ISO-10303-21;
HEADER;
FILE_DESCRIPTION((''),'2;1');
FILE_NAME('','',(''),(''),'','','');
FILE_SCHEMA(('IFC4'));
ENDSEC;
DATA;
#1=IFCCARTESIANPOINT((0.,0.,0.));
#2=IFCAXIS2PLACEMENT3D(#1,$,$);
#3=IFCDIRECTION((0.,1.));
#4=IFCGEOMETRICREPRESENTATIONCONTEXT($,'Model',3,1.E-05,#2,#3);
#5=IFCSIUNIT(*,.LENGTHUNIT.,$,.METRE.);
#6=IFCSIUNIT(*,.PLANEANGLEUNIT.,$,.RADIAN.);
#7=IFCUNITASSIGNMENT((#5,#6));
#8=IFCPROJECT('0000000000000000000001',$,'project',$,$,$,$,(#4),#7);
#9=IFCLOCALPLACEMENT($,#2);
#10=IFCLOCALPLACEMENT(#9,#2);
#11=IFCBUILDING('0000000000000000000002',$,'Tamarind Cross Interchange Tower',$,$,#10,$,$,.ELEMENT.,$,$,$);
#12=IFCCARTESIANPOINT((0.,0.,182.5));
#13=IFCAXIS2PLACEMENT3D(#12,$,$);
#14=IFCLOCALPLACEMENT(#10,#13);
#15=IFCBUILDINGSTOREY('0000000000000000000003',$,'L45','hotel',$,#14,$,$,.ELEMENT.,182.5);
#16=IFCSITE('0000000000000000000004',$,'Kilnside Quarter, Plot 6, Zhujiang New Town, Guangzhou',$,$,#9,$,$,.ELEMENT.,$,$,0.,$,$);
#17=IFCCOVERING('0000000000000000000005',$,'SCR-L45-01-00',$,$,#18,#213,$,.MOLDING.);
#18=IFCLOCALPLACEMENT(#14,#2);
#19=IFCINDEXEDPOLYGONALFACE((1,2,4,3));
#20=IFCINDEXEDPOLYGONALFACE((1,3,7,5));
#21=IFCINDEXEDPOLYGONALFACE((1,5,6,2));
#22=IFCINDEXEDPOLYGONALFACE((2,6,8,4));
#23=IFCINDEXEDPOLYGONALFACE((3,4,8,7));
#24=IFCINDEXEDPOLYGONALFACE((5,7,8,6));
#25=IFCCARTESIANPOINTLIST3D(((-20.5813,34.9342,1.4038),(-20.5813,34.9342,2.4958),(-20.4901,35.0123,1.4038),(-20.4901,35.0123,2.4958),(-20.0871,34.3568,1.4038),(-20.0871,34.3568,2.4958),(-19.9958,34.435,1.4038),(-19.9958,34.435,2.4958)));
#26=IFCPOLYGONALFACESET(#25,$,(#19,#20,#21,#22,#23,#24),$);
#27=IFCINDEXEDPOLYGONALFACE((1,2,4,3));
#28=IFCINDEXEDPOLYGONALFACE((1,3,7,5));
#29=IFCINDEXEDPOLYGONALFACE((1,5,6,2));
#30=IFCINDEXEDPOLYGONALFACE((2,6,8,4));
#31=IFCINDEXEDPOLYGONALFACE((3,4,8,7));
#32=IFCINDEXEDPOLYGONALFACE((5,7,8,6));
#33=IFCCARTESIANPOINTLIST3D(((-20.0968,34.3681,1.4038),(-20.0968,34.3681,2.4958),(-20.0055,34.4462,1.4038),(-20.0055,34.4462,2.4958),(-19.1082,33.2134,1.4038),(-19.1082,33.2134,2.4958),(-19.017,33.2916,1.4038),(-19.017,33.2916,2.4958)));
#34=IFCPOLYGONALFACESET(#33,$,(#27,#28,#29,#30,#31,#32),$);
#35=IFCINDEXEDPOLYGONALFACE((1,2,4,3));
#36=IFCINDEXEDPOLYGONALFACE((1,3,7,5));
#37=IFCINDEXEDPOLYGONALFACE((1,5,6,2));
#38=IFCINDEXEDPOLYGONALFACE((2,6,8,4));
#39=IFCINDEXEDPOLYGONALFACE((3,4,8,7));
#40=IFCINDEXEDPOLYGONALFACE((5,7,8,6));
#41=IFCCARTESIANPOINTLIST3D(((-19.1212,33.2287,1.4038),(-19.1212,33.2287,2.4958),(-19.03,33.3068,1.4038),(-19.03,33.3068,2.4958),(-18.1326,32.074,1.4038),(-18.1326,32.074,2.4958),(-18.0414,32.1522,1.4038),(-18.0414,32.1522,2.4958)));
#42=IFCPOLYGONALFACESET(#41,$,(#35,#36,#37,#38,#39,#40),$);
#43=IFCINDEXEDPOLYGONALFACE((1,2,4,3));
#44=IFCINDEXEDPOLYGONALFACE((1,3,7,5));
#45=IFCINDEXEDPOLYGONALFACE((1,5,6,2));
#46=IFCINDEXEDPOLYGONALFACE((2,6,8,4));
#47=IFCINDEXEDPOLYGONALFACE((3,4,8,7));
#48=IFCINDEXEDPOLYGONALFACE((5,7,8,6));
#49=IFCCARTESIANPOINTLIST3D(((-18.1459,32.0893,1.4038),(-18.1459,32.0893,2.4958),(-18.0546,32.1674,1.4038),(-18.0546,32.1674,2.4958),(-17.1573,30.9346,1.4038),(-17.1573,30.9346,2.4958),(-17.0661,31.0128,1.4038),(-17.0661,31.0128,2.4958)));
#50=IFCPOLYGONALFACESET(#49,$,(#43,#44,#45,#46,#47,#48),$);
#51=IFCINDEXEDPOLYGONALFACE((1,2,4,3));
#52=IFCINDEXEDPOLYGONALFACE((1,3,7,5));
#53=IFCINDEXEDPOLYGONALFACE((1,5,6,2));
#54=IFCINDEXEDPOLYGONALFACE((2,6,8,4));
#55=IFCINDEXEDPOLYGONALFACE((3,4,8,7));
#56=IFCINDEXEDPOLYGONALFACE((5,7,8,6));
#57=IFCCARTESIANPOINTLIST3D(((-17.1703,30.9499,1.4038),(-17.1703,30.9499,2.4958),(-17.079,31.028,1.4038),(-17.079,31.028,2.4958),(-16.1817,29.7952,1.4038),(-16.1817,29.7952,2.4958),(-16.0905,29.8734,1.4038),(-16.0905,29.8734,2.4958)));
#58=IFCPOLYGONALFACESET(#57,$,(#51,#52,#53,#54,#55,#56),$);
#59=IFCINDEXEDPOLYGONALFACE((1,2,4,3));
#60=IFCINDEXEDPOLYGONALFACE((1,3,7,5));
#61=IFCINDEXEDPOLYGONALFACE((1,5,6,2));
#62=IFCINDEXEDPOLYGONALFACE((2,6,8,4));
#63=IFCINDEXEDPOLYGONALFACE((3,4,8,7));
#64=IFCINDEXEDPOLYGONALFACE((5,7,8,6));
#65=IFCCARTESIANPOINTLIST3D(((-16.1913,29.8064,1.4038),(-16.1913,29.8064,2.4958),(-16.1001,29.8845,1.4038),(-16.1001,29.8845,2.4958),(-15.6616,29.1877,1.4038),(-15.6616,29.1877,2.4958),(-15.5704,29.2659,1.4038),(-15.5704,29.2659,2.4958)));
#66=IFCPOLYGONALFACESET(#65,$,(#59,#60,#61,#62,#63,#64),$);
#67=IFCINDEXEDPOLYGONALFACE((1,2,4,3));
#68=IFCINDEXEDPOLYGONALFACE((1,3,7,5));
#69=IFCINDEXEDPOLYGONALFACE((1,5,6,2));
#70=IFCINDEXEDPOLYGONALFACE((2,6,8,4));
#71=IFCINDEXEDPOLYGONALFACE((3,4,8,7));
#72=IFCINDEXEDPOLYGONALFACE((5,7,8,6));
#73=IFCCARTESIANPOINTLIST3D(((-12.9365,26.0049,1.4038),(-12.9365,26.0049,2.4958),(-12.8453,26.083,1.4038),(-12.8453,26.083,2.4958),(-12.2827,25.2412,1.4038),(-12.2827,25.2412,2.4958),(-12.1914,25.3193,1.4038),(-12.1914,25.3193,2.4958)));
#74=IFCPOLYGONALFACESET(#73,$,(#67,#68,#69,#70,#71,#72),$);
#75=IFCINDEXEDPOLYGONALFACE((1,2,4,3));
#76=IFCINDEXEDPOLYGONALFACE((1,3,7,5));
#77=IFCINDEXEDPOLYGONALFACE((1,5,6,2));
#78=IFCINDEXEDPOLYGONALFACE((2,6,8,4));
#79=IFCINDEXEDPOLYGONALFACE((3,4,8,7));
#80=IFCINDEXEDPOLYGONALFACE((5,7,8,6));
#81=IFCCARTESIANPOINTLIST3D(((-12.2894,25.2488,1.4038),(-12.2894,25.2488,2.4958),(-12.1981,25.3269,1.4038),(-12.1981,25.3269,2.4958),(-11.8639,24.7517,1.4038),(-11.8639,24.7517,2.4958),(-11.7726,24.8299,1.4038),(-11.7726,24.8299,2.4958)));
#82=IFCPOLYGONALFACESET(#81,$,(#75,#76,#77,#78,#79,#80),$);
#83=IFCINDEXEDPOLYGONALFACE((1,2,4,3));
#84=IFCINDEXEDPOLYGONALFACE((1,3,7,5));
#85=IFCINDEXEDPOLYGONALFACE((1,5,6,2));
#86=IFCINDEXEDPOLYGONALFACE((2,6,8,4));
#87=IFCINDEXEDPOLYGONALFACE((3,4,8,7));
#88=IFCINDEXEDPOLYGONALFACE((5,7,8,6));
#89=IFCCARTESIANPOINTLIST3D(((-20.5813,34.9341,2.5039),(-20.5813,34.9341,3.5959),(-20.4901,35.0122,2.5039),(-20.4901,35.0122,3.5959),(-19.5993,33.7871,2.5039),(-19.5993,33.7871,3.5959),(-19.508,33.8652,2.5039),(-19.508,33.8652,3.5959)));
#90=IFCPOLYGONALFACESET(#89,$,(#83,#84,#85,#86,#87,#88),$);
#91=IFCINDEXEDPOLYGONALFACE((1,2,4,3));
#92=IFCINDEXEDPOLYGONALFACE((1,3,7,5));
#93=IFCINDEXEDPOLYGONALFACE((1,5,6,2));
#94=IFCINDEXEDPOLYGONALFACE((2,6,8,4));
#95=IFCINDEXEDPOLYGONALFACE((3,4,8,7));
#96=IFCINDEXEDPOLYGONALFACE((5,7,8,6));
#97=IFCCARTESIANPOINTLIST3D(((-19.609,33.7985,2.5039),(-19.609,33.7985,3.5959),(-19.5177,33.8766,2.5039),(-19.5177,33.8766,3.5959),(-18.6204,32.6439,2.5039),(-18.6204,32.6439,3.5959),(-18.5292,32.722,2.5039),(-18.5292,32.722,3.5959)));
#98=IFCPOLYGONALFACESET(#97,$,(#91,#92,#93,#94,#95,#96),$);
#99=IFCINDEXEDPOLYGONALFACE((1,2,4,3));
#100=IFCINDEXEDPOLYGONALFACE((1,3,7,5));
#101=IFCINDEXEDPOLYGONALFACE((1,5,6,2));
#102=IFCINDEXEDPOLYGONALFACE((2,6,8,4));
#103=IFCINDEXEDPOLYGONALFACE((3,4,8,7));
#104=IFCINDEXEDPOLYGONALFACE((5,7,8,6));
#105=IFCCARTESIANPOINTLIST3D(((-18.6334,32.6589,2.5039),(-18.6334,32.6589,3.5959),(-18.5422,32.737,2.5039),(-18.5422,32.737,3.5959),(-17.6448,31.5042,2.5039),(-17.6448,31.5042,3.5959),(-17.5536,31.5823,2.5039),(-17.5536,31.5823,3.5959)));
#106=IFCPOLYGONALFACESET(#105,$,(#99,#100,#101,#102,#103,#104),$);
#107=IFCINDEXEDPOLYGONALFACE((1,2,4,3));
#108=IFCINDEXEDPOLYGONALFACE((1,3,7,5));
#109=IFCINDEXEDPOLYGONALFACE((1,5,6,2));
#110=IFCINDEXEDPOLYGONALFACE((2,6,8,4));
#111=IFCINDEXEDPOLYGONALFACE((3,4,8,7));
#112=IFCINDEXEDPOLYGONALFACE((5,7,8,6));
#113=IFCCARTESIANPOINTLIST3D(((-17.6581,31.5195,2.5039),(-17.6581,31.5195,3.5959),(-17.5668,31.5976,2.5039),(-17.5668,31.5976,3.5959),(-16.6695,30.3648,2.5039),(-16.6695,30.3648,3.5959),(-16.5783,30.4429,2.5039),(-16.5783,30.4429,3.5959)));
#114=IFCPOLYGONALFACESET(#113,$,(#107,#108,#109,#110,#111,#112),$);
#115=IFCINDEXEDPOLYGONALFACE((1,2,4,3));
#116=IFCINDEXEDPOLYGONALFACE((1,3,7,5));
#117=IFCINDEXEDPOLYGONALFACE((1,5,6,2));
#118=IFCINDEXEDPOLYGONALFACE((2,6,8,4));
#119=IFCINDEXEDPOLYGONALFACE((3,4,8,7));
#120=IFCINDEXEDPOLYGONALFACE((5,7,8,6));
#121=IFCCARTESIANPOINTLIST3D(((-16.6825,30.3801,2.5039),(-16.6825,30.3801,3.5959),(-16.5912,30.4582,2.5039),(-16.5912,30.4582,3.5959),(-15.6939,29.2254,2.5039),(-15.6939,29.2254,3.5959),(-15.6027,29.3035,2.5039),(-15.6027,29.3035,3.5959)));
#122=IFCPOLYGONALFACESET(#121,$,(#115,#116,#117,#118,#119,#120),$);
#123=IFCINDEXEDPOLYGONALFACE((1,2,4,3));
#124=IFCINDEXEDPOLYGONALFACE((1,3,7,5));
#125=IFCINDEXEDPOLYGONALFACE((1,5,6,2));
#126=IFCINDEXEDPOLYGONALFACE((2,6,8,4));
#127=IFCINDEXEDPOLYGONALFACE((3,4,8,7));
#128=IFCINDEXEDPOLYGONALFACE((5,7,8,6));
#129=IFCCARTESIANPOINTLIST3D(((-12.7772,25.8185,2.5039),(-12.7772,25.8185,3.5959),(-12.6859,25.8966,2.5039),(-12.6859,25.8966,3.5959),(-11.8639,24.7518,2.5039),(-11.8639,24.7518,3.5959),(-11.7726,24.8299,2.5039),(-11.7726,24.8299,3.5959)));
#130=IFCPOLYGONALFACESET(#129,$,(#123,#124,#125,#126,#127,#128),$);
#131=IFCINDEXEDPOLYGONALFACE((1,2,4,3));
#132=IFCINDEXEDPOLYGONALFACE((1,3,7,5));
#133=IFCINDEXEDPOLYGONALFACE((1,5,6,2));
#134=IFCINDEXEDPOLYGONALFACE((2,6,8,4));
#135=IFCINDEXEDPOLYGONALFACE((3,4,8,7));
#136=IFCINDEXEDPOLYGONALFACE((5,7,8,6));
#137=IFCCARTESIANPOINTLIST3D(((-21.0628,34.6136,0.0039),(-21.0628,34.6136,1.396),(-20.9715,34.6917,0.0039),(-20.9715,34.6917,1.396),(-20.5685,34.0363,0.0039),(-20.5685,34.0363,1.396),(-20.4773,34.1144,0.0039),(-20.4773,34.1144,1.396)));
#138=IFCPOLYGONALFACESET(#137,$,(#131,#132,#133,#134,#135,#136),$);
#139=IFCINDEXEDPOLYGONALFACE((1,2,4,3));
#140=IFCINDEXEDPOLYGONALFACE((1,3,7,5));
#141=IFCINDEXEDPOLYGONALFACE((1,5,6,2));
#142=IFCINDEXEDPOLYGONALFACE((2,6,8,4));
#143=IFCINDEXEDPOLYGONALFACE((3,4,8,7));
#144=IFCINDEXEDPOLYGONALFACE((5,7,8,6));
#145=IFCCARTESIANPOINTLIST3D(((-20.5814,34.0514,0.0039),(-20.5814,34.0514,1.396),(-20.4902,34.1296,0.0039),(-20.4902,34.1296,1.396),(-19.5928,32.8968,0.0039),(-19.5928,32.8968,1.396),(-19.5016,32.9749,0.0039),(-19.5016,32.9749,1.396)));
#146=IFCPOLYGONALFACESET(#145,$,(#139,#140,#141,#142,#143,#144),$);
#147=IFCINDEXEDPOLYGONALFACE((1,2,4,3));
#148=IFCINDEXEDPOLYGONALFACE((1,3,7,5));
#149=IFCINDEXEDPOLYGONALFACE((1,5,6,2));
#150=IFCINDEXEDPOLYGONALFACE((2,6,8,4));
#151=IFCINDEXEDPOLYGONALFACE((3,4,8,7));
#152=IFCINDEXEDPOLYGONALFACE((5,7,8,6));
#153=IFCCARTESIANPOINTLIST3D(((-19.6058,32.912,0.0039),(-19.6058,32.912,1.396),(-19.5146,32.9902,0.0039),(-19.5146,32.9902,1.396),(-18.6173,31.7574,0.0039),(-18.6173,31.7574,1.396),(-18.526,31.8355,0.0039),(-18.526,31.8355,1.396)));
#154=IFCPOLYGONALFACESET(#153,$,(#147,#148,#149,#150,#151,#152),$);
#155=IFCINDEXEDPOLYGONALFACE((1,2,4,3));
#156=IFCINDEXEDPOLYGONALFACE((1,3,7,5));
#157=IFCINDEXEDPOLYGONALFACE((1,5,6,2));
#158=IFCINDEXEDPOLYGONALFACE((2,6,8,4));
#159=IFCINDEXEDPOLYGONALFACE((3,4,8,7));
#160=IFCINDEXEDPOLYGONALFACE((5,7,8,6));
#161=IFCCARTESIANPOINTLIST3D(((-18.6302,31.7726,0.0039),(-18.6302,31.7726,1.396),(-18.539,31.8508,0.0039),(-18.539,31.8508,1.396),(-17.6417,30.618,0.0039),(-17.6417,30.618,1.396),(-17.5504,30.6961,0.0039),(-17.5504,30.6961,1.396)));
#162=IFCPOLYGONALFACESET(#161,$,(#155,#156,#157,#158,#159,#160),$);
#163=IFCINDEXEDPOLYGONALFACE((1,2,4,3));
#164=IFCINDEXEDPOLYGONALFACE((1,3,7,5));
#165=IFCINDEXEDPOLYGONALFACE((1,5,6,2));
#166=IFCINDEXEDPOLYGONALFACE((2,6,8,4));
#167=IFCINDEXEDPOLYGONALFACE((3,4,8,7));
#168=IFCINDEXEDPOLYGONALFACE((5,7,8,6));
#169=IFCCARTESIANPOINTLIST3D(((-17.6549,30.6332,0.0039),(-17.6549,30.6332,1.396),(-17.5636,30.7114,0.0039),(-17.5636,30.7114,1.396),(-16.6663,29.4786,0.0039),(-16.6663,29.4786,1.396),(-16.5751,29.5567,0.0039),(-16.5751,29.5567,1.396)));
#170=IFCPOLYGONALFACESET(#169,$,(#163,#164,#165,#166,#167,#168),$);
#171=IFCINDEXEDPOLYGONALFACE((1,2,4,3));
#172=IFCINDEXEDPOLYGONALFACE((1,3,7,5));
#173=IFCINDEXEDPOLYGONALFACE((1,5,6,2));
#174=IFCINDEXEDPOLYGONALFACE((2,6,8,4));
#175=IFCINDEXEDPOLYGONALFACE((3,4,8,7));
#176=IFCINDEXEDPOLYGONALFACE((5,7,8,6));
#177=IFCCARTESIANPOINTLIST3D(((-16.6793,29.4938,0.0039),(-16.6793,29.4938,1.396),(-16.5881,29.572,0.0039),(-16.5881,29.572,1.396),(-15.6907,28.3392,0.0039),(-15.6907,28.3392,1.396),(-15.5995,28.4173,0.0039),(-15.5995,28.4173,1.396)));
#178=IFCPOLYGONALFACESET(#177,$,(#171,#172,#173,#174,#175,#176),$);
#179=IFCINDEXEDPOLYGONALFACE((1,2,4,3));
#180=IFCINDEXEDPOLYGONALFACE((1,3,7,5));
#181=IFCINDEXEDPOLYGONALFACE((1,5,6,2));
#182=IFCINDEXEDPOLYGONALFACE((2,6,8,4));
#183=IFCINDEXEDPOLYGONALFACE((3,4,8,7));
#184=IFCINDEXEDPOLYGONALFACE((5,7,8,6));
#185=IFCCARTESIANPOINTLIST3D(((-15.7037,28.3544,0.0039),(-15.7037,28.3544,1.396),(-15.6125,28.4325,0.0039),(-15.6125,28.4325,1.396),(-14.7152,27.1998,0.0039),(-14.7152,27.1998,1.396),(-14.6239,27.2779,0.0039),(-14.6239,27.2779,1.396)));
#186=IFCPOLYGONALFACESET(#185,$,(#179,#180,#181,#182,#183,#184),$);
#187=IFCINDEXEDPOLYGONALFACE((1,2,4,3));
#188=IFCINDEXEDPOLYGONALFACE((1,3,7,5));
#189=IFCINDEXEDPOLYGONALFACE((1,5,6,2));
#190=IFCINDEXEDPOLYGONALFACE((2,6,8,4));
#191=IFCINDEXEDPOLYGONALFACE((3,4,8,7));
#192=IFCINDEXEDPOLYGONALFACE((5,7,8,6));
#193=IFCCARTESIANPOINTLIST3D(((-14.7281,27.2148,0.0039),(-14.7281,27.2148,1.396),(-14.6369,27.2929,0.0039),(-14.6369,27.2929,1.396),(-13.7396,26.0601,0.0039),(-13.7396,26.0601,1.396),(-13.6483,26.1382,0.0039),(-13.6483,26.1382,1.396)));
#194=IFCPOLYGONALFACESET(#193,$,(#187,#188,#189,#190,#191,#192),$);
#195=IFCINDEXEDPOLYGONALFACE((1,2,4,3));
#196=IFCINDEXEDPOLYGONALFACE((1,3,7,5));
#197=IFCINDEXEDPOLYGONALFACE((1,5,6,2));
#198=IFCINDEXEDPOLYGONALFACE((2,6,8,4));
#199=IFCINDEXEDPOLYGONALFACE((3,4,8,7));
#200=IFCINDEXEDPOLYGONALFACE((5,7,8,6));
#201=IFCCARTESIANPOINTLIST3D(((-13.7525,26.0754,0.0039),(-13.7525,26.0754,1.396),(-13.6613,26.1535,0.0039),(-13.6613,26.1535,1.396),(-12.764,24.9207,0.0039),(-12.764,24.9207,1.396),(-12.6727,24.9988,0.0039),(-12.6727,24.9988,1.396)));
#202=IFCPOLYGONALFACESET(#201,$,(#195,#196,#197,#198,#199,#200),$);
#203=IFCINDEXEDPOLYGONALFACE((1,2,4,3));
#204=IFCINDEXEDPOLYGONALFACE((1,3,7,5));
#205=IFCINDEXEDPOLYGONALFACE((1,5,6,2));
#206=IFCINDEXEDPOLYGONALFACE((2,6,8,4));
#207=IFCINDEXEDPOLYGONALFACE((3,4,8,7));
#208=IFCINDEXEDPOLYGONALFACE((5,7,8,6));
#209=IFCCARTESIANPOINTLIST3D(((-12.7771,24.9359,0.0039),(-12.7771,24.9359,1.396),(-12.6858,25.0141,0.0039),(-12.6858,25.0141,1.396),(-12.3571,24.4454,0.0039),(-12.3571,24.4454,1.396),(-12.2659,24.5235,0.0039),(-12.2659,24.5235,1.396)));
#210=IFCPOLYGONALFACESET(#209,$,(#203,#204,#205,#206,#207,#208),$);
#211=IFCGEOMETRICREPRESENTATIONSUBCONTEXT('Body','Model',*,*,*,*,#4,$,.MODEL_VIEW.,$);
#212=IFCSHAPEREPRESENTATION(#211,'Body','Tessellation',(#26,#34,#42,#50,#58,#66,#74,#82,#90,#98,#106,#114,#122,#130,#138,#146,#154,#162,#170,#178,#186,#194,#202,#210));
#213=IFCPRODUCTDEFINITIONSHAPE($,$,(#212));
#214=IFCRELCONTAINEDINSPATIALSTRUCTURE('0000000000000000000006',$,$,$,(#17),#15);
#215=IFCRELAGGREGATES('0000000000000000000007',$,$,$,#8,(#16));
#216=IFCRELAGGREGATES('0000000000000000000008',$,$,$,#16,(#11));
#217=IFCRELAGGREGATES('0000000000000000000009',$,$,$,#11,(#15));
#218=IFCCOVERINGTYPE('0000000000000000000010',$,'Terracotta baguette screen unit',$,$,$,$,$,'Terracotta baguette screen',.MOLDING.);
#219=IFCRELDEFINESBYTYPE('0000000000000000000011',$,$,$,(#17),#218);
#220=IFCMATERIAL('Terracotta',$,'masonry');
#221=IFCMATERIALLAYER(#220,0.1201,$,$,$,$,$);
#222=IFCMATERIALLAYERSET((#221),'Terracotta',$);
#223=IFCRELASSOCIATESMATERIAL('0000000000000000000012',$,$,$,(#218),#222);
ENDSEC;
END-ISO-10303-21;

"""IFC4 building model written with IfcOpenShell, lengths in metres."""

from ifc_helpers import new_model, si_unit, direction, frame, origin, origin_2d, place, context, subcontext, project, spatial, rectangle, extrude, material, layer, layer_set, type_object, element, save


model = new_model("IFC4")

# Units and contexts
model_context = context("Model", 3, precision=1e-05, world=origin(), true_north=direction((0.0, 1.0)))
body_context = subcontext(model_context, "Body", "Model", "MODEL_VIEW")
ifc_project = project(units=[si_unit("LENGTHUNIT", "METRE"), si_unit("PLANEANGLEUNIT", "RADIAN")], contexts=[model_context])

# Site, building, storey
site_placement = place(None, origin())
site = spatial("IfcSite", under=ifc_project, at=site_placement, Name="Kilnside Quarter, Plot 6, Zhujiang New Town, Guangzhou", CompositionType="ELEMENT", RefElevation=0.0)
building_placement = place(site_placement, origin())
building = spatial("IfcBuilding", under=site, at=building_placement, Name="Tamarind Cross Interchange Tower", CompositionType="ELEMENT")
storey_placement = place(building_placement, frame((0.0, 0.0, 182.5)))
storey = spatial("IfcBuildingStorey", under=building, at=storey_placement, Name="L45", Description="hotel", CompositionType="ELEMENT", Elevation=182.5)

# Covering
ifc_material_1 = material(Name="Terracotta", Category="masonry")
ifc_layer_1 = layer(ifc_material_1, 0.1201)
ifc_layer_set_1 = layer_set([ifc_layer_1], Name="Terracotta")
covering_type = type_object("IfcCoveringType", Name="Terracotta baguette screen unit", ElementType="Terracotta baguette screen", PredefinedType="MOLDING", material=ifc_layer_set_1)
covering_1_placement = place(storey_placement, origin())
element("IfcCovering", 1, at=covering_1_placement, inside=storey, type_object=covering_type, Name="SCR-L45-01-00", PredefinedType="MOLDING", context=body_context, shape_type="SweptSolid", body=[
    extrude(rectangle(XDim=0.76, YDim=0.1201, at=origin_2d()), frame((-20.2886, 34.6846, 1.4038), z_axis=(0.0, 0.0, 1.0), x_axis=(0.650358, -0.759628, 0.0)), (0.0, 0.0, 1.0), 1.092),
    extrude(rectangle(XDim=1.52, YDim=0.1201, at=origin_2d()), frame((-19.5569, 33.8298, 1.4038), z_axis=(0.0, 0.0, 1.0), x_axis=(0.650358, -0.759628, 0.0)), (0.0, 0.0, 1.0), 1.092),
    extrude(rectangle(XDim=1.52, YDim=0.1201, at=origin_2d()), frame((-18.5813, 32.6904, 1.4038), z_axis=(0.0, 0.0, 1.0), x_axis=(0.650358, -0.759628, 0.0)), (0.0, 0.0, 1.0), 1.092),
    extrude(rectangle(XDim=1.52, YDim=0.1201, at=origin_2d()), frame((-17.606, 31.551, 1.4038), z_axis=(0.0, 0.0, 1.0), x_axis=(0.650358, -0.759628, 0.0)), (0.0, 0.0, 1.0), 1.092),
    extrude(rectangle(XDim=1.52, YDim=0.1201, at=origin_2d()), frame((-16.6304, 30.4116, 1.4038), z_axis=(0.0, 0.0, 1.0), x_axis=(0.650358, -0.759628, 0.0)), (0.0, 0.0, 1.0), 1.092),
    extrude(rectangle(XDim=0.8145, YDim=0.1201, at=origin_2d()), frame((-15.8809, 29.5361, 1.4038), z_axis=(0.0, 0.0, 1.0), x_axis=(0.650358, -0.759628, 0.0)), (0.0, 0.0, 1.0), 1.092),
    extrude(rectangle(XDim=1.0054, YDim=0.1201, at=origin_2d()), frame((-12.564, 25.6621, 1.4038), z_axis=(0.0, 0.0, 1.0), x_axis=(0.650358, -0.759628, 0.0)), (0.0, 0.0, 1.0), 1.092),
    extrude(rectangle(XDim=0.6543, YDim=0.1201, at=origin_2d()), frame((-12.031, 25.0393, 1.4038), z_axis=(0.0, 0.0, 1.0), x_axis=(0.650358, -0.759628, 0.0)), (0.0, 0.0, 1.0), 1.092),
    extrude(rectangle(XDim=1.51, YDim=0.1201, at=origin_2d()), frame((-20.0447, 34.3997, 2.5039), z_axis=(0.0, 0.0, 1.0), x_axis=(0.650358, -0.759628, 0.0)), (0.0, 0.0, 1.0), 1.092),
    extrude(rectangle(XDim=1.52, YDim=0.1201, at=origin_2d()), frame((-19.0691, 33.2603, 2.5039), z_axis=(0.0, 0.0, 1.0), x_axis=(0.650358, -0.759628, 0.0)), (0.0, 0.0, 1.0), 1.092),
    extrude(rectangle(XDim=1.52, YDim=0.1201, at=origin_2d()), frame((-18.0935, 32.1206, 2.5039), z_axis=(0.0, 0.0, 1.0), x_axis=(0.650358, -0.759628, 0.0)), (0.0, 0.0, 1.0), 1.092),
    extrude(rectangle(XDim=1.52, YDim=0.1201, at=origin_2d()), frame((-17.1182, 30.9812, 2.5039), z_axis=(0.0, 0.0, 1.0), x_axis=(0.650358, -0.759628, 0.0)), (0.0, 0.0, 1.0), 1.092),
    extrude(rectangle(XDim=1.52, YDim=0.1201, at=origin_2d()), frame((-16.1426, 29.8418, 2.5039), z_axis=(0.0, 0.0, 1.0), x_axis=(0.650358, -0.759628, 0.0)), (0.0, 0.0, 1.0), 1.092),
    extrude(rectangle(XDim=1.4043, YDim=0.1201, at=origin_2d()), frame((-12.2749, 25.3242, 2.5039), z_axis=(0.0, 0.0, 1.0), x_axis=(0.650358, -0.759628, 0.0)), (0.0, 0.0, 1.0), 1.092),
    extrude(rectangle(XDim=0.76, YDim=0.1201, at=origin_2d()), frame((-20.77, 34.364, 0.0039), z_axis=(0.0, 0.0, 1.0), x_axis=(0.650358, -0.759628, 0.0)), (0.0, 0.0, 1.0), 1.3921),
    extrude(rectangle(XDim=1.52, YDim=0.1201, at=origin_2d()), frame((-20.0415, 33.5132, 0.0039), z_axis=(0.0, 0.0, 1.0), x_axis=(0.650358, -0.759628, 0.0)), (0.0, 0.0, 1.0), 1.3921),
    extrude(rectangle(XDim=1.52, YDim=0.1201, at=origin_2d()), frame((-19.0659, 32.3738, 0.0039), z_axis=(0.0, 0.0, 1.0), x_axis=(0.650358, -0.759628, 0.0)), (0.0, 0.0, 1.0), 1.3921),
    extrude(rectangle(XDim=1.52, YDim=0.1201, at=origin_2d()), frame((-18.0903, 31.2344, 0.0039), z_axis=(0.0, 0.0, 1.0), x_axis=(0.650358, -0.759628, 0.0)), (0.0, 0.0, 1.0), 1.3921),
    extrude(rectangle(XDim=1.52, YDim=0.1201, at=origin_2d()), frame((-17.115, 30.095, 0.0039), z_axis=(0.0, 0.0, 1.0), x_axis=(0.650358, -0.759628, 0.0)), (0.0, 0.0, 1.0), 1.3921),
    extrude(rectangle(XDim=1.52, YDim=0.1201, at=origin_2d()), frame((-16.1394, 28.9556, 0.0039), z_axis=(0.0, 0.0, 1.0), x_axis=(0.650358, -0.759628, 0.0)), (0.0, 0.0, 1.0), 1.3921),
    extrude(rectangle(XDim=1.52, YDim=0.1201, at=origin_2d()), frame((-15.1638, 27.8162, 0.0039), z_axis=(0.0, 0.0, 1.0), x_axis=(0.650358, -0.759628, 0.0)), (0.0, 0.0, 1.0), 1.3921),
    extrude(rectangle(XDim=1.52, YDim=0.1201, at=origin_2d()), frame((-14.1882, 26.6765, 0.0039), z_axis=(0.0, 0.0, 1.0), x_axis=(0.650358, -0.759628, 0.0)), (0.0, 0.0, 1.0), 1.3921),
    extrude(rectangle(XDim=1.52, YDim=0.1201, at=origin_2d()), frame((-13.2126, 25.5371, 0.0039), z_axis=(0.0, 0.0, 1.0), x_axis=(0.650358, -0.759628, 0.0)), (0.0, 0.0, 1.0), 1.3921),
    extrude(rectangle(XDim=0.6458, YDim=0.1201, at=origin_2d()), frame((-12.5215, 24.7297, 0.0039), z_axis=(0.0, 0.0, 1.0), x_axis=(0.650358, -0.759628, 0.0)), (0.0, 0.0, 1.0), 1.3921),
])

save(model, "model.ifc")
